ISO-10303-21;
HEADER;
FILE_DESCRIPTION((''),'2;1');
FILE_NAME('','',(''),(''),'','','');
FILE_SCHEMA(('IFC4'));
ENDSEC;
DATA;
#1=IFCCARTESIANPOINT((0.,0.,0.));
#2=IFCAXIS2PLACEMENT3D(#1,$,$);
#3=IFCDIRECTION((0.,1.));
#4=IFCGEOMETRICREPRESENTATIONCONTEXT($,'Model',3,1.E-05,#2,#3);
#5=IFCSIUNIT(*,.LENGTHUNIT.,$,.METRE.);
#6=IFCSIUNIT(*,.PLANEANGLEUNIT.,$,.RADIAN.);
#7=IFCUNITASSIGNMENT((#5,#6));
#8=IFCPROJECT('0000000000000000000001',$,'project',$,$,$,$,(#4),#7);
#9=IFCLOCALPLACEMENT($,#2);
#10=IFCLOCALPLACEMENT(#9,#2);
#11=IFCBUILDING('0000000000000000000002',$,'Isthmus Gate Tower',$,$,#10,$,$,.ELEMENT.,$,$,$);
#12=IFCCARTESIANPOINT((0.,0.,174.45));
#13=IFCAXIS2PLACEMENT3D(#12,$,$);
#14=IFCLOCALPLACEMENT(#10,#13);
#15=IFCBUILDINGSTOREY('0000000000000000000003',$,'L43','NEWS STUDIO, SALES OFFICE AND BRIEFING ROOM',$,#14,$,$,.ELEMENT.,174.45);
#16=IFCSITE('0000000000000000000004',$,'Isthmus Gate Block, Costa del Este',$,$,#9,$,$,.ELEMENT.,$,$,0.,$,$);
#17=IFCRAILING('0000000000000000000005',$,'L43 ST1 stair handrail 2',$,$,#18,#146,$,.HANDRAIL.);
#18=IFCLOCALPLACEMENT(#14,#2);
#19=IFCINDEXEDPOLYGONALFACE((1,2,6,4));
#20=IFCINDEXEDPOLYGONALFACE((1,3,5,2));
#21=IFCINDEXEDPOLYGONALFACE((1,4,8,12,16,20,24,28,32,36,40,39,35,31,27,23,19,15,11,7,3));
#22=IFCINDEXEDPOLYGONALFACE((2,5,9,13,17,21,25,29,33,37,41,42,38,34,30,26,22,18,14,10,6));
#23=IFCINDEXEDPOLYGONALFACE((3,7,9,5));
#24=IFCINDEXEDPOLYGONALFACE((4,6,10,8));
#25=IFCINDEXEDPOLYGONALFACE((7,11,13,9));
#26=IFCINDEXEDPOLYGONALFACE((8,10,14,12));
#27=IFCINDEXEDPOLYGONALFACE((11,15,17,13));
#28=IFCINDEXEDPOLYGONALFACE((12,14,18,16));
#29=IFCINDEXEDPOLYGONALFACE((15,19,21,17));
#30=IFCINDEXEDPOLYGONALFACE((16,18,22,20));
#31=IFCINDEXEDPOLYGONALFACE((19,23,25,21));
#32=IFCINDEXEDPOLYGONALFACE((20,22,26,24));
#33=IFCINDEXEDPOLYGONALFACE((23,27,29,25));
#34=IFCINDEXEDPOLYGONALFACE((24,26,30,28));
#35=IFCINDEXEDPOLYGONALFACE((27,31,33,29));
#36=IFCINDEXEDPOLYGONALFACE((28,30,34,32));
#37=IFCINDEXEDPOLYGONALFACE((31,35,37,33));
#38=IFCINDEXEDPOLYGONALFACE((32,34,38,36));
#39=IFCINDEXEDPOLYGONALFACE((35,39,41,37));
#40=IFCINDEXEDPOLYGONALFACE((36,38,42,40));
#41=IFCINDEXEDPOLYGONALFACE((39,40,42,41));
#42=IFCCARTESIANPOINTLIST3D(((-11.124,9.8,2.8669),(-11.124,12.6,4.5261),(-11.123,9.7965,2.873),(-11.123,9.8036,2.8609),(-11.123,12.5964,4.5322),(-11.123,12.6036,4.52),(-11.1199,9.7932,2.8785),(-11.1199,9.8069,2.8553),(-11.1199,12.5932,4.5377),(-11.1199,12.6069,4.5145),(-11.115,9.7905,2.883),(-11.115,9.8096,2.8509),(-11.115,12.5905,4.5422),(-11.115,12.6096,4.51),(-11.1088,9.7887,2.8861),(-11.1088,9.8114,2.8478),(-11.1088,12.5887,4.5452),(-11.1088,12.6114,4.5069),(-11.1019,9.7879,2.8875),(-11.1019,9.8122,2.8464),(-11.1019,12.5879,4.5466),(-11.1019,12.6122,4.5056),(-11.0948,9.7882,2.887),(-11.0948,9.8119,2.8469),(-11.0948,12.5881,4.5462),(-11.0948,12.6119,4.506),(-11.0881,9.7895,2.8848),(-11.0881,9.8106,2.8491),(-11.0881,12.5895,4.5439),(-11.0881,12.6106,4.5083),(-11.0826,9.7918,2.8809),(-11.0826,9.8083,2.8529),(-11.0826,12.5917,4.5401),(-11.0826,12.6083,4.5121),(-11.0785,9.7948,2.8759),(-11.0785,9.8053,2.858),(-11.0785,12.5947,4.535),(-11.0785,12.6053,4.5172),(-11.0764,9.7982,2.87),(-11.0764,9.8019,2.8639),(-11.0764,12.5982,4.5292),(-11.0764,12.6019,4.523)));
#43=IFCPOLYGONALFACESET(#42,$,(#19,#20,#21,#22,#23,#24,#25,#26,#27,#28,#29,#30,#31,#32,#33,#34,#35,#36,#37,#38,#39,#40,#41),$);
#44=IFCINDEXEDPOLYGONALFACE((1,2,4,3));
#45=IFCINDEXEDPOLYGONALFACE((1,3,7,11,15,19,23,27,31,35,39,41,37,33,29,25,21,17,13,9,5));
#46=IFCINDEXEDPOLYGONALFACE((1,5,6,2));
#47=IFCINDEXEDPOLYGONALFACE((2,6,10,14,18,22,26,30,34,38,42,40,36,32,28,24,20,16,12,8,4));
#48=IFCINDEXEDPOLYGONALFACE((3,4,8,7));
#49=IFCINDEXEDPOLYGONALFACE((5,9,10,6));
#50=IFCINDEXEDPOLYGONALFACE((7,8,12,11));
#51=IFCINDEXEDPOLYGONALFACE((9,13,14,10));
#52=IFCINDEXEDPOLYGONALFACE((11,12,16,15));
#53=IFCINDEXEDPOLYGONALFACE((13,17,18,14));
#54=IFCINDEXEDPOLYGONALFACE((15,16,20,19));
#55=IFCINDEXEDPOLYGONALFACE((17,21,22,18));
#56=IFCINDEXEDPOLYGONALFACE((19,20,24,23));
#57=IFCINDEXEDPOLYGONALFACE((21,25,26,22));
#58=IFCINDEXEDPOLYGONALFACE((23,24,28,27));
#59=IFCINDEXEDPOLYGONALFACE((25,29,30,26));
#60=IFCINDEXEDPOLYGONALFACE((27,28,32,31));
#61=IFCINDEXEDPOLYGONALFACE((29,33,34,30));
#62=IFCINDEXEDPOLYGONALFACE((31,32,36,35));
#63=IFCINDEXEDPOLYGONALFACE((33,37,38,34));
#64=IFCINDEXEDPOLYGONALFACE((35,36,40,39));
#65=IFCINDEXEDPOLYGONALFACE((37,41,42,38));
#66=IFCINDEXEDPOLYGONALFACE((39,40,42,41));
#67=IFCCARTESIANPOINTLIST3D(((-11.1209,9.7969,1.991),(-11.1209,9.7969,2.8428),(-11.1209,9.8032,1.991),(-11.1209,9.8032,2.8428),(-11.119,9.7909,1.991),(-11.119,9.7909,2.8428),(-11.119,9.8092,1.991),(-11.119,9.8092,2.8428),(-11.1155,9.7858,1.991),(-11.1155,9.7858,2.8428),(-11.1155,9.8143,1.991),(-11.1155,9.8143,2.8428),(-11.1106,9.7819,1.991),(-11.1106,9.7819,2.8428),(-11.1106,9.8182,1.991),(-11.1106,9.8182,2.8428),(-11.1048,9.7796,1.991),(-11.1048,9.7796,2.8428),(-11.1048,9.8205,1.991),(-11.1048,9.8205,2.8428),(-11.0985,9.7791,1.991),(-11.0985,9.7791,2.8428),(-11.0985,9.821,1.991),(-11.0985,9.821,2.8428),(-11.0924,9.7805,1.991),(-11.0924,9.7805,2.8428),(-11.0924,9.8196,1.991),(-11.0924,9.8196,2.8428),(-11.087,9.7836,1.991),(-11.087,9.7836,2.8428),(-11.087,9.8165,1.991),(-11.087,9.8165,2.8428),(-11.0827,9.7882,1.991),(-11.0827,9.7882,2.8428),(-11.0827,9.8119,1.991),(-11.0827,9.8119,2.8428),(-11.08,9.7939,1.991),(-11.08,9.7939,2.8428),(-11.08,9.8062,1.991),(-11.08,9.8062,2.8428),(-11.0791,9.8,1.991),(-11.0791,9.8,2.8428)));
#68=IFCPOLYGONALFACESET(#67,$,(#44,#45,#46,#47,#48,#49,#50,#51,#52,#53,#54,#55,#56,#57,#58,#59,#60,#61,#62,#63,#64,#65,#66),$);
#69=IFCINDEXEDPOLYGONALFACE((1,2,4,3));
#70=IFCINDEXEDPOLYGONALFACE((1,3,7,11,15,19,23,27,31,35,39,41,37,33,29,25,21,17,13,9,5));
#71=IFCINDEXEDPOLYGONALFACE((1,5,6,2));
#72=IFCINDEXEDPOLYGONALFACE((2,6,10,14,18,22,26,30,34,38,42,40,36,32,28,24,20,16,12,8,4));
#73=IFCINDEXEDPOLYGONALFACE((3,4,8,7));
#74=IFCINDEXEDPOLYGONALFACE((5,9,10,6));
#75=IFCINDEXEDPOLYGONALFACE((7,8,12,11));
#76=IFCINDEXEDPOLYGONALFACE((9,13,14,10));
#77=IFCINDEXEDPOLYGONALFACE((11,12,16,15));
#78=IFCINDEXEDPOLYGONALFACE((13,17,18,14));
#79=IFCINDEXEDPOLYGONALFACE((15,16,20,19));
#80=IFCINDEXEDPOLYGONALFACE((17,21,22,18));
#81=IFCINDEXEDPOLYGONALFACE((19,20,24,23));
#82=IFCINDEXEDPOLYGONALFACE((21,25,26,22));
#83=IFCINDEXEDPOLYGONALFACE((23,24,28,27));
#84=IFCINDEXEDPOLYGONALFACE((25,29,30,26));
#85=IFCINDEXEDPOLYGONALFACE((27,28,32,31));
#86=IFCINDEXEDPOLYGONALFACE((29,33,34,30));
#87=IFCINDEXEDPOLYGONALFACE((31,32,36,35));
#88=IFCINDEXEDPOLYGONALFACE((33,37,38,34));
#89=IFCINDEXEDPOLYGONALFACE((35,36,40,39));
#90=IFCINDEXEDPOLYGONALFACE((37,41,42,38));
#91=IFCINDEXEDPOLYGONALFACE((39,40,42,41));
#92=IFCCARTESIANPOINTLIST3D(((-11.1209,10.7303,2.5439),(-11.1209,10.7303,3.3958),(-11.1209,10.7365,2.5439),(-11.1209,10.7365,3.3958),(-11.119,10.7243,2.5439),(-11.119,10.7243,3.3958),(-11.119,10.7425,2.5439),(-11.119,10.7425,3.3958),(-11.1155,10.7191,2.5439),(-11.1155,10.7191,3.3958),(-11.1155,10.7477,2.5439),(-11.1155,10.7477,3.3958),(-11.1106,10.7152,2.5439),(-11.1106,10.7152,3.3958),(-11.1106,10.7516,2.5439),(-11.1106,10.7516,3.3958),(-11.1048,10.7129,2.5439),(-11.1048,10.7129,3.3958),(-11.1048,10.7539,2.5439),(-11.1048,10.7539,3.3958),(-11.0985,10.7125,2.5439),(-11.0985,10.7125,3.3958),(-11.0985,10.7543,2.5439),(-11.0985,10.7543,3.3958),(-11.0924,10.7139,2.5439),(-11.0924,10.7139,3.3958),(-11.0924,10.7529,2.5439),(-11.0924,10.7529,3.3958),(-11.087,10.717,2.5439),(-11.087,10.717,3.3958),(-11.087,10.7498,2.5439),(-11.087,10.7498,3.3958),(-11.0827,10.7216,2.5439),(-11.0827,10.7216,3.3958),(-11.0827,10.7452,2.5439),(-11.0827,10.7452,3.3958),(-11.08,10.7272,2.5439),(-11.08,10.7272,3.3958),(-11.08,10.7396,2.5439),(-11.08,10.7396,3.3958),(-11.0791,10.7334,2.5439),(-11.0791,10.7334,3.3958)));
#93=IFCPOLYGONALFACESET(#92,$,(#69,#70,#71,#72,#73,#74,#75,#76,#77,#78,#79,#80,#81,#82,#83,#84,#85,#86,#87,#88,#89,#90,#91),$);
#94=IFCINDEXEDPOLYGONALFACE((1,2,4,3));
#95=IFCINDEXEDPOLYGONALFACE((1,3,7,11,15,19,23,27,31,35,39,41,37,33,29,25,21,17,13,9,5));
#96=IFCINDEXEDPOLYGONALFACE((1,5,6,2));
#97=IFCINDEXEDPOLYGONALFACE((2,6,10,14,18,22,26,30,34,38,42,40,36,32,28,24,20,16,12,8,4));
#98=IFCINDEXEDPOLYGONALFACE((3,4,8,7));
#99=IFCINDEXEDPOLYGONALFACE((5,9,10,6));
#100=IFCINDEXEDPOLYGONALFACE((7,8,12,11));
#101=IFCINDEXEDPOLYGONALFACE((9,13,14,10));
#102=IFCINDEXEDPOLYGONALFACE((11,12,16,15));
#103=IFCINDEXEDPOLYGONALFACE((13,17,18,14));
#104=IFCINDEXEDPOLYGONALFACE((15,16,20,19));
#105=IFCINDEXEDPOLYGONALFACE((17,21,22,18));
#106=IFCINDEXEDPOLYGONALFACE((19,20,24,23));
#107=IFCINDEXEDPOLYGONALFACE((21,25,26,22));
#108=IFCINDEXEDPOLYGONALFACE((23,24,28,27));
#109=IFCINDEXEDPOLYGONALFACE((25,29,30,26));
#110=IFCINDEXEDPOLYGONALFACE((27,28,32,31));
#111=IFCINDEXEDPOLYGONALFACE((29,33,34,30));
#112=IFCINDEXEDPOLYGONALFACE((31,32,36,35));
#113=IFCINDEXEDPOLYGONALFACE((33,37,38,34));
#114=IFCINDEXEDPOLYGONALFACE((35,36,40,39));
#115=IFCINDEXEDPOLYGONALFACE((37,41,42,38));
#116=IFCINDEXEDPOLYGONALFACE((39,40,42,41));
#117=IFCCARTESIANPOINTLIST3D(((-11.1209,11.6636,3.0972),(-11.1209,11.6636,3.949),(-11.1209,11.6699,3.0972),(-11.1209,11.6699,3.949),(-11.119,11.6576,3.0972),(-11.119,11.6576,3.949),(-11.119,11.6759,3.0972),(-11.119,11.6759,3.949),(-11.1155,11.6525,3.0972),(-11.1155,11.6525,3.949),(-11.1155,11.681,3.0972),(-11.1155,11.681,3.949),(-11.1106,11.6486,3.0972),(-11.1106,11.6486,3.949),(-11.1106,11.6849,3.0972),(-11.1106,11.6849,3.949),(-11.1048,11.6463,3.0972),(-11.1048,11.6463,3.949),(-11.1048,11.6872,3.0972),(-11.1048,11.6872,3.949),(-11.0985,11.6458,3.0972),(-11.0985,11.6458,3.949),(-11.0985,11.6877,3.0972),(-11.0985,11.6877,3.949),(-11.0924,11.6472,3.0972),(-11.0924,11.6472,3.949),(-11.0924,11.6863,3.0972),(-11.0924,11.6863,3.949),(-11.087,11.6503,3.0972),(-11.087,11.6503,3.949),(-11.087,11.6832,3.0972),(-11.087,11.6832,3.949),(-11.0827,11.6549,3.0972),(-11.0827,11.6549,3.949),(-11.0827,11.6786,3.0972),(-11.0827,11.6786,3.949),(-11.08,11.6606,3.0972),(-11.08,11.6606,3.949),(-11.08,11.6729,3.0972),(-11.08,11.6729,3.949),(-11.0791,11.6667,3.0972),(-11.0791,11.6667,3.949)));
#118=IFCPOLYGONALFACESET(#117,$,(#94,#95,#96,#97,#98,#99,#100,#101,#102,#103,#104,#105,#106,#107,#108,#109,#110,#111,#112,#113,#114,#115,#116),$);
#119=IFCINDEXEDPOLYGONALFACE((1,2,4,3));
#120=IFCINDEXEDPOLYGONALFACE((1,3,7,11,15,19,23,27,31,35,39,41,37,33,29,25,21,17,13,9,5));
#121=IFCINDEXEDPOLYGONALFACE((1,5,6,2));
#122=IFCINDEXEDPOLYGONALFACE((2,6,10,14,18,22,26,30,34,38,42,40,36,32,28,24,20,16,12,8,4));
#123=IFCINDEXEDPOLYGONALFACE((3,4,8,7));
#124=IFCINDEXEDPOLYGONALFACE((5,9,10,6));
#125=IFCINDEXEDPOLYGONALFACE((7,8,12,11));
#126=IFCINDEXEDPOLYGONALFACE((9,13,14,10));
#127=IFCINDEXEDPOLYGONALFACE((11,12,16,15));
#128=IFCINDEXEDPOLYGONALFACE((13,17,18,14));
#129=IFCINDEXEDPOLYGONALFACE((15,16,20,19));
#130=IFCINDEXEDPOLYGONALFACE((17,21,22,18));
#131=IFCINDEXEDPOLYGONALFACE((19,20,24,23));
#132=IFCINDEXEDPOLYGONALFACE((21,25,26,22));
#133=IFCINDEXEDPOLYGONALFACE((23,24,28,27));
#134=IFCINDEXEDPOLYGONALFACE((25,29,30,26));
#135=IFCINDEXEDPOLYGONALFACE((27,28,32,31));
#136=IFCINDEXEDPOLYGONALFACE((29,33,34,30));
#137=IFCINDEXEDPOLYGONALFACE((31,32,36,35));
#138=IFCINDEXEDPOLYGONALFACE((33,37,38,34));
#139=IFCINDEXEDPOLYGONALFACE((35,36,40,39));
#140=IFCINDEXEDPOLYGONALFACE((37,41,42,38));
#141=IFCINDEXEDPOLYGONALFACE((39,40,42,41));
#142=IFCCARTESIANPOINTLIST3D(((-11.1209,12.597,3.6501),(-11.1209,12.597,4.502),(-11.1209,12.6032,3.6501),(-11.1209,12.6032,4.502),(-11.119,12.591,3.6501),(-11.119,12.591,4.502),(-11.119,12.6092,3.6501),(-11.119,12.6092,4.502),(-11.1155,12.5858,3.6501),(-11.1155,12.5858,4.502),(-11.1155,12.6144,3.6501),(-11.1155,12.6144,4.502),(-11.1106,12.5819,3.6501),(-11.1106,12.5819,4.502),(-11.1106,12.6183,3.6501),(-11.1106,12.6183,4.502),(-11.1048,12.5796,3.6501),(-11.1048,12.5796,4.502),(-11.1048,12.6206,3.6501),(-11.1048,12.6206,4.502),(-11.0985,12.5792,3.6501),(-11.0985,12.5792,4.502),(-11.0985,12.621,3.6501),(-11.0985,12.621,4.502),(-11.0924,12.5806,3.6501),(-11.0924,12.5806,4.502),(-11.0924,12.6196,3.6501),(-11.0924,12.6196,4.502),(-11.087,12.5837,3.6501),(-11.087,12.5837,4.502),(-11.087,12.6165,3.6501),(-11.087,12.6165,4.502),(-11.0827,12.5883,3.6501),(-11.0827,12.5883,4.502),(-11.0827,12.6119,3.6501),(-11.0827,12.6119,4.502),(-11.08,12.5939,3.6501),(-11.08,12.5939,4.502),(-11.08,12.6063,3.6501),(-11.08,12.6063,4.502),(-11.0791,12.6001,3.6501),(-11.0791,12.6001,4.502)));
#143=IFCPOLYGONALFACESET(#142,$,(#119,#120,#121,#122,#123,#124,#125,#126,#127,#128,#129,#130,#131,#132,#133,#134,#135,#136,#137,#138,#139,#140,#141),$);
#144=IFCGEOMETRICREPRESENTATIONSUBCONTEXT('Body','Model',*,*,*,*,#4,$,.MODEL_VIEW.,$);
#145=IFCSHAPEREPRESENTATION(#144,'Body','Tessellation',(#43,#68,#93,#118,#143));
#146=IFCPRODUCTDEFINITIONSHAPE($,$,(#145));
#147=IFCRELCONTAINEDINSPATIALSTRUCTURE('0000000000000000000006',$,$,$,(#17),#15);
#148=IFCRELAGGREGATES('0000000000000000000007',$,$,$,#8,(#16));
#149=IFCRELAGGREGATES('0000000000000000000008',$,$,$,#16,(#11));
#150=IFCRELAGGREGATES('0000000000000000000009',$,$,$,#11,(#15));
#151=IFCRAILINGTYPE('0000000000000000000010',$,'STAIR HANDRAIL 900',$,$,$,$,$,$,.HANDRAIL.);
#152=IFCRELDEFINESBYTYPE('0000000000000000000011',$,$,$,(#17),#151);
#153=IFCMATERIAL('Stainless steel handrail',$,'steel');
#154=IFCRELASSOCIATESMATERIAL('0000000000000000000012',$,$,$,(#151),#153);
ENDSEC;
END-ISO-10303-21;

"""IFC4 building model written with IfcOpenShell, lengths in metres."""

from ifc_helpers import new_model, si_unit, direction, frame, origin, origin_2d, place, context, subcontext, project, spatial, circle, extrude, material, type_object, element, save


model = new_model("IFC4")

# Units and contexts
model_context = context("Model", 3, precision=1e-05, world=origin(), true_north=direction((0.0, 1.0)))
body_context = subcontext(model_context, "Body", "Model", "MODEL_VIEW")
ifc_project = project(units=[si_unit("LENGTHUNIT", "METRE"), si_unit("PLANEANGLEUNIT", "RADIAN")], contexts=[model_context])

# Site, building, storey
site_placement = place(None, origin())
site = spatial("IfcSite", under=ifc_project, at=site_placement, Name="Isthmus Gate Block, Costa del Este", CompositionType="ELEMENT", RefElevation=0.0)
building_placement = place(site_placement, origin())
building = spatial("IfcBuilding", under=site, at=building_placement, Name="Isthmus Gate Tower", CompositionType="ELEMENT")
storey_placement = place(building_placement, frame((0.0, 0.0, 174.45)))
storey = spatial("IfcBuildingStorey", under=building, at=storey_placement, Name="L43", Description="NEWS STUDIO, SALES OFFICE AND BRIEFING ROOM", CompositionType="ELEMENT", Elevation=174.45)

# Railing
ifc_material_1 = material(Name="Stainless steel handrail", Category="steel")
railing_type_1 = type_object("IfcRailingType", Name="STAIR HANDRAIL 900", PredefinedType="HANDRAIL", material=ifc_material_1)
railing_1_placement = place(storey_placement, frame((-11.1001, 9.8, 1.991)))
element("IfcRailing", 1, at=railing_1_placement, inside=storey, type_object=railing_type_1, Name="L43 ST1 stair handrail 2", PredefinedType="HANDRAIL", context=body_context, shape_type="SweptSolid", body=[
    extrude(circle(Radius=0.0239, at=origin_2d()), frame((0.0, 0.0, 0.876), z_axis=(0.0, 0.860306, 0.509778), x_axis=(-1.0, 0.0, 0.0)), (0.0, 0.0, 1.0), 3.2546),
    extrude(circle(Radius=0.021, at=origin_2d()), origin(), (0.0, 0.0, 1.0), 0.8518),
    extrude(circle(Radius=0.021, at=origin_2d()), frame((0.0, 0.9333, 0.553)), (0.0, 0.0, 1.0), 0.8518),
    extrude(circle(Radius=0.021, at=origin_2d()), frame((0.0, 1.8667, 1.1062)), (0.0, 0.0, 1.0), 0.8518),
    extrude(circle(Radius=0.021, at=origin_2d()), frame((0.0, 2.8, 1.6592)), (0.0, 0.0, 1.0), 0.8518),
])

save(model, "model.ifc")
